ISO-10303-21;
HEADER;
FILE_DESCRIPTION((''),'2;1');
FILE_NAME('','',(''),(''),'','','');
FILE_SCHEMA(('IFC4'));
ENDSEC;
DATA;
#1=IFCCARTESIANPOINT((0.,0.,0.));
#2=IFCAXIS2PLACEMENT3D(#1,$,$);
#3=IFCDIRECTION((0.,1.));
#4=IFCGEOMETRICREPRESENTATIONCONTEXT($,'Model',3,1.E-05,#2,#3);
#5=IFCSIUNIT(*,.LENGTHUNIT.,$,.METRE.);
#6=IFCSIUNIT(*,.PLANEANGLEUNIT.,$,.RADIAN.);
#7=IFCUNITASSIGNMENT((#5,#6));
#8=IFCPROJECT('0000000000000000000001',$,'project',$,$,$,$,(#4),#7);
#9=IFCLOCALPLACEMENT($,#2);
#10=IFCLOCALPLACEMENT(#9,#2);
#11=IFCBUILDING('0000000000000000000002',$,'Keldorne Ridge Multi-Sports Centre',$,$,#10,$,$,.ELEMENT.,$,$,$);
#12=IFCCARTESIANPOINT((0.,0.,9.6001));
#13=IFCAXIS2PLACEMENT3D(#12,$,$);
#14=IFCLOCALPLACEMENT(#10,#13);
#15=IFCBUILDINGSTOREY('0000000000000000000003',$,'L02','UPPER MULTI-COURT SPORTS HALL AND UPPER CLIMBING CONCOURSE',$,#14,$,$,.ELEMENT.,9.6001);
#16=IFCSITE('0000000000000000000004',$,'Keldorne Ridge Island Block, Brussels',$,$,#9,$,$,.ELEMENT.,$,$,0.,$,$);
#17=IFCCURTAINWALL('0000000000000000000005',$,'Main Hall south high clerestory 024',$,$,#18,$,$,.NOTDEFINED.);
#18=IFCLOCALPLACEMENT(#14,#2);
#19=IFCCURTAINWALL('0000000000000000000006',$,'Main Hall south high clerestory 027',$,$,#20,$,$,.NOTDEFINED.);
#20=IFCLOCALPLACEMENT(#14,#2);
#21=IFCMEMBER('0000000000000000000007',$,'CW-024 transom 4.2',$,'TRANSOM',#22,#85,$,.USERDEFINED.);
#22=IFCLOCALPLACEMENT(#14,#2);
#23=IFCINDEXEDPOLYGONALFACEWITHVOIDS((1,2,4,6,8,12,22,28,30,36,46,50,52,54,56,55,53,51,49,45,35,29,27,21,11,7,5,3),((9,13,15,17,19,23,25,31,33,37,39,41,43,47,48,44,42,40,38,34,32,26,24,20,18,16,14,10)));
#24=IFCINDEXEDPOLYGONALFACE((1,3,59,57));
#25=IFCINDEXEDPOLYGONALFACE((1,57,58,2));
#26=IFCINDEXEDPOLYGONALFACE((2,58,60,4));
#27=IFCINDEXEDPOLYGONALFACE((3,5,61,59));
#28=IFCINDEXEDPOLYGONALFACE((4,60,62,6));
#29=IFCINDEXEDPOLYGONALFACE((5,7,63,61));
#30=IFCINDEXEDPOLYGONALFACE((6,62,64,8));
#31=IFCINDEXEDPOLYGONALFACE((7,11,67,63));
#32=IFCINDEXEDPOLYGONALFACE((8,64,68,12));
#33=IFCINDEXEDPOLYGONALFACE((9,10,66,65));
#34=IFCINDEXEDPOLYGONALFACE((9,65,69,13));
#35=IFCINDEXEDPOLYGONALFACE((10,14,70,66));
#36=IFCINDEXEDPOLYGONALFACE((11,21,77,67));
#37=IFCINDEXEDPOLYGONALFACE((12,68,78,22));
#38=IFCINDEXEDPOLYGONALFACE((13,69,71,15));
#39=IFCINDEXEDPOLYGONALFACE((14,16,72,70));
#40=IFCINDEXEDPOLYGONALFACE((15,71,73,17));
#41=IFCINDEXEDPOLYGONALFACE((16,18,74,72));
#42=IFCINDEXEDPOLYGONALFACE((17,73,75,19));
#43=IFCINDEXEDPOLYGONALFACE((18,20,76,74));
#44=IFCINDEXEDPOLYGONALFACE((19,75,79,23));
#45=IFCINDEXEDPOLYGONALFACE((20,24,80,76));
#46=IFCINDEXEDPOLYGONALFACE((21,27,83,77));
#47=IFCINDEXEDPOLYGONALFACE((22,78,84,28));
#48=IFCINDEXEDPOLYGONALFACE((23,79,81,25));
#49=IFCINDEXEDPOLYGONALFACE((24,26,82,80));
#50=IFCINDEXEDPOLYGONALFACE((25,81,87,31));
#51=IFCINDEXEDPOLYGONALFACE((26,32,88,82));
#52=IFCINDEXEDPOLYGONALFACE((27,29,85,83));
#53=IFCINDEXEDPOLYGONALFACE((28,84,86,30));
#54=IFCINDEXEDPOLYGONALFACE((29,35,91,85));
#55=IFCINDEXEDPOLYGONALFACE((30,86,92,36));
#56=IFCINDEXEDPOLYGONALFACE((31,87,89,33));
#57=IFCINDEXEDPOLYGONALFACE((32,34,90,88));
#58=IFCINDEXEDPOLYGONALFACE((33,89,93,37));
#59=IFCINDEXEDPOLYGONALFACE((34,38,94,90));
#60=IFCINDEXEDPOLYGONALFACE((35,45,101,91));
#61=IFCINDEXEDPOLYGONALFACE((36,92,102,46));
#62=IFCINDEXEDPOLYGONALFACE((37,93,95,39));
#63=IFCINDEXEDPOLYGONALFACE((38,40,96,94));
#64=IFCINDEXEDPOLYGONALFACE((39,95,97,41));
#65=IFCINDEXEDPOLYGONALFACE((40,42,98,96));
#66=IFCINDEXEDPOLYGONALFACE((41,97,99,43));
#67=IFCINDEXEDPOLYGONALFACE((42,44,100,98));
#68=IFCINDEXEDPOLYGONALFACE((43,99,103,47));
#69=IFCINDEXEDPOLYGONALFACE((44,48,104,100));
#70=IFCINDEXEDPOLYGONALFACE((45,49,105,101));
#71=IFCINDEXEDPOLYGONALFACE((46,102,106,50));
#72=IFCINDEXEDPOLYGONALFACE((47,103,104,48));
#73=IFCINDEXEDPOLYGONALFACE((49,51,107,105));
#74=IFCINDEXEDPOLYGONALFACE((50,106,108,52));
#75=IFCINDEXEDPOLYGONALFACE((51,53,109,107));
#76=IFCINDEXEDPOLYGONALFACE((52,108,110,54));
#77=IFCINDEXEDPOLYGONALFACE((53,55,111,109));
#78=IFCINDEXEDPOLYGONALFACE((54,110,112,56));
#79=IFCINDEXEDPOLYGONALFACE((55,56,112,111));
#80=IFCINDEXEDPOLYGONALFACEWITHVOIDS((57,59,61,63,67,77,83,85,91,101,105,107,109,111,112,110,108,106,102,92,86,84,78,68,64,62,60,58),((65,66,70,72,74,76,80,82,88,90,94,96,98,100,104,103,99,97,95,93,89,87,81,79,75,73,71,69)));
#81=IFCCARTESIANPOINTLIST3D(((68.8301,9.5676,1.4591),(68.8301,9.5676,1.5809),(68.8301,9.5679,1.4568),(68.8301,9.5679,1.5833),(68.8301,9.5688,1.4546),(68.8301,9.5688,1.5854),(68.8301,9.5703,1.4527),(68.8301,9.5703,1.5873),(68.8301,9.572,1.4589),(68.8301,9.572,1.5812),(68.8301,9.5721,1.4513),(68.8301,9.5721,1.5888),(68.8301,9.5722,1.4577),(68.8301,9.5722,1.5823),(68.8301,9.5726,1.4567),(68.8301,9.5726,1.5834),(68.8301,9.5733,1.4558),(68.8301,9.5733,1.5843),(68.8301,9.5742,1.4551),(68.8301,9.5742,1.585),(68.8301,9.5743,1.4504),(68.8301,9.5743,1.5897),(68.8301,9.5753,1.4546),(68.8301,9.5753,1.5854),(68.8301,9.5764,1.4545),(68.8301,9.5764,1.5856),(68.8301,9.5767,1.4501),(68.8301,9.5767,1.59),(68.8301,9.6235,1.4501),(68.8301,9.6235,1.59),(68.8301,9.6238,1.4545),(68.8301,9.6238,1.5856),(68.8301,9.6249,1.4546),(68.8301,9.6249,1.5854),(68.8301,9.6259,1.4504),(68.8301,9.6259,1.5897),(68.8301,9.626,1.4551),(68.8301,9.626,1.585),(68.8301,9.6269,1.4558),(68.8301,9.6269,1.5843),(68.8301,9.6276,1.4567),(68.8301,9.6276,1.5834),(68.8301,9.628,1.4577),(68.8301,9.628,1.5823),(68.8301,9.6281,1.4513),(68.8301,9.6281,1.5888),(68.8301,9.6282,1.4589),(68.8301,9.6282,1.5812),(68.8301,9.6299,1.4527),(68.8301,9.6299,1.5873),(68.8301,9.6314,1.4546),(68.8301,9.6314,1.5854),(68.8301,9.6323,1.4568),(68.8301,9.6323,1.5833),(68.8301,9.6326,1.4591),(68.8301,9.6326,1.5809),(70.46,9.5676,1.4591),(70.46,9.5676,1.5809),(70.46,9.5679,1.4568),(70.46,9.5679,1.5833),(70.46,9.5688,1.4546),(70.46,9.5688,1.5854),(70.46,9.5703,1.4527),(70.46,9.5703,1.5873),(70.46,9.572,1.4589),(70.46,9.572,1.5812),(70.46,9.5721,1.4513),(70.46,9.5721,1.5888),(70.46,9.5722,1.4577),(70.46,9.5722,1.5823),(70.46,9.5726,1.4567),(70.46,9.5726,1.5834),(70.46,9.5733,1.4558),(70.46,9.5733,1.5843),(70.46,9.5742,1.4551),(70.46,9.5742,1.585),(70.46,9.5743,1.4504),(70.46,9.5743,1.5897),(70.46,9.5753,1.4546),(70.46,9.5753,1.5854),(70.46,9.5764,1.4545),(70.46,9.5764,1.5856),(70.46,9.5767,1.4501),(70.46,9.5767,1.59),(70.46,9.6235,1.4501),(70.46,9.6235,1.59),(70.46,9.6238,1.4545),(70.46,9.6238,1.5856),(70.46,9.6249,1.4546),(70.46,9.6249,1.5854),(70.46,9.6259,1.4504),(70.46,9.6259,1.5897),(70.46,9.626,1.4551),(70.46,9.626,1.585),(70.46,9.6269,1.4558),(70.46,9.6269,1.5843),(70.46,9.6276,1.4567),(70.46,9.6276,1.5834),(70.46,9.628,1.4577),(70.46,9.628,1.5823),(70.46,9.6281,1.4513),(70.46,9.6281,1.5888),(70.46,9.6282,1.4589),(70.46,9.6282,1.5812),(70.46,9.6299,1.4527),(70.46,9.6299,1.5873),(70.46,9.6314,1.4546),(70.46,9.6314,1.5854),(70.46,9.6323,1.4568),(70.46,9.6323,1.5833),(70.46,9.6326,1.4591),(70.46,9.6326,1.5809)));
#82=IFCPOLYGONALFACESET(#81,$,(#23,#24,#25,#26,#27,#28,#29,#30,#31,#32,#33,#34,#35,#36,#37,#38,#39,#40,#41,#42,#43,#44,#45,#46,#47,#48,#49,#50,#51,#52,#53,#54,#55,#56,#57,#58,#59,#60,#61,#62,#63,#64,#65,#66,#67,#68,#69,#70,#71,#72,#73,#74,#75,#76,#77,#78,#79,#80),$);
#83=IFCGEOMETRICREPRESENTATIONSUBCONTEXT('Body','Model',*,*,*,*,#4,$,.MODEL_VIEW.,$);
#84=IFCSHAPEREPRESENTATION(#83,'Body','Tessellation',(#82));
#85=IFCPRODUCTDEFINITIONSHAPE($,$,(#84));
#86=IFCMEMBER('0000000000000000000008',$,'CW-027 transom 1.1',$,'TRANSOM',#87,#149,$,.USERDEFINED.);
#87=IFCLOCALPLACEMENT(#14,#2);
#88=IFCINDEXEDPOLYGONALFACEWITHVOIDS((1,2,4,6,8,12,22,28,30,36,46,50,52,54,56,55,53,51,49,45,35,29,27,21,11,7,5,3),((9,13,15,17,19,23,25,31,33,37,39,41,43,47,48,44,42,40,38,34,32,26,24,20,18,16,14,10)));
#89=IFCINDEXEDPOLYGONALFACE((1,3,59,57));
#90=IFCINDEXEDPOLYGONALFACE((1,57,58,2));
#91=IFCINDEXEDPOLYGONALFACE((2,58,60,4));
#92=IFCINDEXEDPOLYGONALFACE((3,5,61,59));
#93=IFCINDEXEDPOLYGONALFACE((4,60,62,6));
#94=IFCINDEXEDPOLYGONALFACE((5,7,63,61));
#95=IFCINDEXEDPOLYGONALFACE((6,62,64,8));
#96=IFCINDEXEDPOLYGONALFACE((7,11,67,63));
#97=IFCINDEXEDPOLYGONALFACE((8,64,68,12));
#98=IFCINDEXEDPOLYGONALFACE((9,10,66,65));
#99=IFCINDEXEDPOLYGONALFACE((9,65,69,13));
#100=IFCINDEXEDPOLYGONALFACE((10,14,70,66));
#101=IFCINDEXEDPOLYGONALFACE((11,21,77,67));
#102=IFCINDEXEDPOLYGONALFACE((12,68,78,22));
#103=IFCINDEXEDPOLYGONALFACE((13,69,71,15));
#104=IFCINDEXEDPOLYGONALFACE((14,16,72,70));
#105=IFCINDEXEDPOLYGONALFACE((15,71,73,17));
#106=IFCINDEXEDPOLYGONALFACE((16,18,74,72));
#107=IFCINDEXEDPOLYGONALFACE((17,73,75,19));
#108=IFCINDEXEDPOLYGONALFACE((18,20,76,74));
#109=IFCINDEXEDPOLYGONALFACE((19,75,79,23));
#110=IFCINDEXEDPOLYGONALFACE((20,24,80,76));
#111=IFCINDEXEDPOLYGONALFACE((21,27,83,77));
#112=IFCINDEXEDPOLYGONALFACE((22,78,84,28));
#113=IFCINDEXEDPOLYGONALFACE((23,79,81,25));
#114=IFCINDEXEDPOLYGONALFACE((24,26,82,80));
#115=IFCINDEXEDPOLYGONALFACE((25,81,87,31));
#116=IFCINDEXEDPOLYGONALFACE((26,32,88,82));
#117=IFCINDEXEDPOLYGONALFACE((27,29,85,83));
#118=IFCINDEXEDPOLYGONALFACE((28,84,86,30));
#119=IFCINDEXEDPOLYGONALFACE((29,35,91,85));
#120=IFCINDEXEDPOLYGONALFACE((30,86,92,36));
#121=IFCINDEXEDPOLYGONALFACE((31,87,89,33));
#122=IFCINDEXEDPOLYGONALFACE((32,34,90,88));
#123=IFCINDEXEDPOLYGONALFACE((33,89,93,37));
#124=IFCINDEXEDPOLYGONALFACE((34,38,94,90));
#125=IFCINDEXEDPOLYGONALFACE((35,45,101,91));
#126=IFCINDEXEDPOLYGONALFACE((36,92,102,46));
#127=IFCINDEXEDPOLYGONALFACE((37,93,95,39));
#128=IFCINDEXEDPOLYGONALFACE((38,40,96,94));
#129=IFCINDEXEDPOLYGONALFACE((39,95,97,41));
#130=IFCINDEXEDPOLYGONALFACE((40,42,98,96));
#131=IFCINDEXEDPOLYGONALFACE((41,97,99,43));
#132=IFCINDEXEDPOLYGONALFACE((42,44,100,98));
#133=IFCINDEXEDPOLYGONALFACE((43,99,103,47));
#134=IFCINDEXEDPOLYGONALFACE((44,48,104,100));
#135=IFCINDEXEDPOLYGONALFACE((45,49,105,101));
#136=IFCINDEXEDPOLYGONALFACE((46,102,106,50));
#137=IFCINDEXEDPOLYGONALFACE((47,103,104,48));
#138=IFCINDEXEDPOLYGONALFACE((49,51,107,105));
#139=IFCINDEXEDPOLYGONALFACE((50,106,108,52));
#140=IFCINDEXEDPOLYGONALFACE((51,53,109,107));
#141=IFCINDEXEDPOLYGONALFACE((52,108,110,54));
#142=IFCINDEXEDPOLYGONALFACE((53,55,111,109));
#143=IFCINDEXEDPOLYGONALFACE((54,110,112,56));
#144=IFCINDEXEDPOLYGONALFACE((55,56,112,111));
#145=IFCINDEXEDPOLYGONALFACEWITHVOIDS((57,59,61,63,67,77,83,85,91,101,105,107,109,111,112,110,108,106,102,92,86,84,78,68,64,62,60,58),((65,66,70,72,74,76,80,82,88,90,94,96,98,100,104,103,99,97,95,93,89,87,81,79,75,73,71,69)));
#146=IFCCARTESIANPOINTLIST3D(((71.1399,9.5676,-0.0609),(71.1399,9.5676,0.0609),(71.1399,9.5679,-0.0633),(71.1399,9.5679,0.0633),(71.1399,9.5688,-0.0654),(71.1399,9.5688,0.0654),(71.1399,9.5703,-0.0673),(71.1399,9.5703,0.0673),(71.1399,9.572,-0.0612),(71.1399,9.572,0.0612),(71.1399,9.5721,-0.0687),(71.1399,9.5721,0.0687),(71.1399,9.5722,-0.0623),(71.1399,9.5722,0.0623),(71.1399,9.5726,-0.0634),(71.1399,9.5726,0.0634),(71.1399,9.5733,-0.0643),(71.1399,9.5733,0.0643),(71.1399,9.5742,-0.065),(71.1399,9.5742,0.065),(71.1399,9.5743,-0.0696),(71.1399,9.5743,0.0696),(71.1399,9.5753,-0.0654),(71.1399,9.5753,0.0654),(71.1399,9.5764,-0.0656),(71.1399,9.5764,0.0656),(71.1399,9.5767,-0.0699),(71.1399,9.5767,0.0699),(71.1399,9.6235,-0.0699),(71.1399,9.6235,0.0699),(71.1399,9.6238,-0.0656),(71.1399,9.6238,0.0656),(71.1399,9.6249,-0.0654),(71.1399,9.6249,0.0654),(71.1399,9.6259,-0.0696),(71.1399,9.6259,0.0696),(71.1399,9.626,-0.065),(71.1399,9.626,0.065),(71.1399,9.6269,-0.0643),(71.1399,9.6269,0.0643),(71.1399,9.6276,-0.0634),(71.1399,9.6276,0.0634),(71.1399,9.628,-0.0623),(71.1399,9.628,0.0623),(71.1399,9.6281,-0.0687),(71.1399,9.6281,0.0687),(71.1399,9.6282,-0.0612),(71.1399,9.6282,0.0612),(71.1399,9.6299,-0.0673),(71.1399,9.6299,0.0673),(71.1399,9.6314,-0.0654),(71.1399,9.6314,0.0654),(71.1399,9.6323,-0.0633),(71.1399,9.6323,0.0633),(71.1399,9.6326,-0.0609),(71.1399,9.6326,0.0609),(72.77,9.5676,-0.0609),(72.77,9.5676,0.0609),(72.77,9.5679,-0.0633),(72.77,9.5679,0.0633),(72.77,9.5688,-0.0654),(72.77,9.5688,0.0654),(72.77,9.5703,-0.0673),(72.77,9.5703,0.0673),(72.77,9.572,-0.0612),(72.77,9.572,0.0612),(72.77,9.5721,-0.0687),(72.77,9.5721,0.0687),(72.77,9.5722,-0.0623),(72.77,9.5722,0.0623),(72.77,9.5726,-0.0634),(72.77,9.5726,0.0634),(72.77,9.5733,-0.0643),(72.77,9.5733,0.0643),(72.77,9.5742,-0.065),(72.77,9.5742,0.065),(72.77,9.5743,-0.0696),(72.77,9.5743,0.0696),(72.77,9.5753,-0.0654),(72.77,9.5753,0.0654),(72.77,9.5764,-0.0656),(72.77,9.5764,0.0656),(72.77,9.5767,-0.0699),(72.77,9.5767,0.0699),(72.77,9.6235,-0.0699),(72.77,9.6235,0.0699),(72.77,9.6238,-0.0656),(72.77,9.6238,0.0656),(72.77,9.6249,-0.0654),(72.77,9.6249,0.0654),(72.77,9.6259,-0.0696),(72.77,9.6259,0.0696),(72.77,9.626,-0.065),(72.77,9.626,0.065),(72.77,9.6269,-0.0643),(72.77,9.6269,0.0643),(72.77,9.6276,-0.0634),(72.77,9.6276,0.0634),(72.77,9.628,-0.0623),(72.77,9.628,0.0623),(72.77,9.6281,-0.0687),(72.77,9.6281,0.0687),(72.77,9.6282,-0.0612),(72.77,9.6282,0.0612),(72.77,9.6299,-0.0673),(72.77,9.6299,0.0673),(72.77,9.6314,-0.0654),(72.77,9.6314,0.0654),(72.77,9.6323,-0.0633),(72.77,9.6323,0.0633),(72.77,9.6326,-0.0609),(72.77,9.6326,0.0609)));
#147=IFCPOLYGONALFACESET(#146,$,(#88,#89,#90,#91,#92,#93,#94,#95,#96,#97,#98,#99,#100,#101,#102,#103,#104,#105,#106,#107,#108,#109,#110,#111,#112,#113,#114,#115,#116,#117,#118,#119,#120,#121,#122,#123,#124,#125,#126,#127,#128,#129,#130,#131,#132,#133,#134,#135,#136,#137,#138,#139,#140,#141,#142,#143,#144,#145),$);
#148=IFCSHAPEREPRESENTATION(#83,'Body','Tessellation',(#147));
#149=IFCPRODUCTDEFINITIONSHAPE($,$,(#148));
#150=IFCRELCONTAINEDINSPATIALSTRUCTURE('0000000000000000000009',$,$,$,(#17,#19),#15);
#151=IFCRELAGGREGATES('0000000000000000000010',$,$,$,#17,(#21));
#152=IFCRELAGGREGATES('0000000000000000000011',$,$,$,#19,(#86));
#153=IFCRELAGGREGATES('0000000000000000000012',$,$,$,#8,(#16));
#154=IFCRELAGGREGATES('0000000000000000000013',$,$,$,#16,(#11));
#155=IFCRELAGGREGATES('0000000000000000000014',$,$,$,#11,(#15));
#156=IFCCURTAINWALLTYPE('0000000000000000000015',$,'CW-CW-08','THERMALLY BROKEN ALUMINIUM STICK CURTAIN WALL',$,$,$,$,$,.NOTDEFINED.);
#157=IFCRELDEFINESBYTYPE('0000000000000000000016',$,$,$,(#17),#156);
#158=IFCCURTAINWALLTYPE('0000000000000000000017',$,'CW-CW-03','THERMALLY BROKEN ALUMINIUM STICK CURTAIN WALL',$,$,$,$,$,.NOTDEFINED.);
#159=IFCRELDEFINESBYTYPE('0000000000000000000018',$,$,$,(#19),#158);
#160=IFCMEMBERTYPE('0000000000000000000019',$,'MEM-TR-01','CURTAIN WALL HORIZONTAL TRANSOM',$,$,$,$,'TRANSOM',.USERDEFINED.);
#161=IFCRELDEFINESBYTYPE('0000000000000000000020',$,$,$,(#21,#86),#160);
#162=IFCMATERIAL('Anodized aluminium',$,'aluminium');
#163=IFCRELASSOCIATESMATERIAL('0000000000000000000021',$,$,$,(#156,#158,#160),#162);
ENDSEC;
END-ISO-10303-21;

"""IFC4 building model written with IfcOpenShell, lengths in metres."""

from ifc_helpers import new_model, si_unit, direction, frame, origin, origin_2d, place, context, subcontext, project, spatial, hollow_rectangle, extrude, material, material_profile, profile_set, type_object, element, aggregate, save


model = new_model("IFC4")

# Units and contexts
model_context = context("Model", 3, precision=1e-05, world=origin(), true_north=direction((0.0, 1.0)))
body_context = subcontext(model_context, "Body", "Model", "MODEL_VIEW")
ifc_project = project(units=[si_unit("LENGTHUNIT", "METRE"), si_unit("PLANEANGLEUNIT", "RADIAN")], contexts=[model_context])

# Site, building, storey
site_placement = place(None, origin())
site = spatial("IfcSite", under=ifc_project, at=site_placement, Name="Keldorne Ridge Island Block, Brussels", CompositionType="ELEMENT", RefElevation=0.0)
building_placement = place(site_placement, origin())
building = spatial("IfcBuilding", under=site, at=building_placement, Name="Keldorne Ridge Multi-Sports Centre", CompositionType="ELEMENT")
storey_placement = place(building_placement, frame((0.0, 0.0, 9.6001)))
storey = spatial("IfcBuildingStorey", under=building, at=storey_placement, Name="L02", Description="UPPER MULTI-COURT SPORTS HALL AND UPPER CLIMBING CONCOURSE", CompositionType="ELEMENT", Elevation=9.6001)

# Curtain walls
ifc_material_1 = material(Name="Anodized aluminium", Category="aluminium")
curtain_wall_type_1 = type_object("IfcCurtainWallType", Name="CW-CW-08", Description="THERMALLY BROKEN ALUMINIUM STICK CURTAIN WALL", PredefinedType="NOTDEFINED", material=ifc_material_1)
curtain_wall_1_placement = place(storey_placement, origin())
curtain_wall_1 = element("IfcCurtainWall", 1, at=curtain_wall_1_placement, inside=storey, type_object=curtain_wall_type_1, Name="Main Hall south high clerestory 024", PredefinedType="NOTDEFINED")
curtain_wall_type_2 = type_object("IfcCurtainWallType", Name="CW-CW-03", Description="THERMALLY BROKEN ALUMINIUM STICK CURTAIN WALL", PredefinedType="NOTDEFINED", material=ifc_material_1)
curtain_wall_2_placement = place(storey_placement, origin())
curtain_wall_2 = element("IfcCurtainWall", 2, at=curtain_wall_2_placement, inside=storey, type_object=curtain_wall_type_2, Name="Main Hall south high clerestory 027", PredefinedType="NOTDEFINED")

# Members
ifc_material_profile_1 = material_profile(ifc_material_1, hollow_rectangle(XDim=0.0649, YDim=0.1399, WallThickness=0.0044, InnerFilletRadius=0.0044, OuterFilletRadius=0.009, at=origin_2d()), Name="ALU TRANSOM 140x65x4.5")
ifc_profile_set_1 = profile_set([ifc_material_profile_1], Name="Anodized aluminium")
member_type_1 = type_object("IfcMemberType", Name="MEM-TR-01", Description="CURTAIN WALL HORIZONTAL TRANSOM", ElementType="TRANSOM", PredefinedType="USERDEFINED", material=ifc_profile_set_1)
member_1_placement = place(storey_placement, frame((68.8301, 9.6001, 1.52), z_axis=(1.0, 0.0, 0.0), x_axis=(0.0, 1.0, 0.0)))
member_1 = element("IfcMember", 3, at=member_1_placement, type_object=member_type_1, Name="CW-024 transom 4.2", ObjectType="TRANSOM", PredefinedType="USERDEFINED", context=body_context, shape_type="SweptSolid", body=[
    extrude(hollow_rectangle(XDim=0.0649, YDim=0.1399, WallThickness=0.0044, InnerFilletRadius=0.0044, OuterFilletRadius=0.009, at=origin_2d()), origin(), (0.0, 0.0, 1.0), 1.6299),
])
member_2_placement = place(storey_placement, frame((71.1399, 9.6001, 0.0), z_axis=(1.0, 0.0, 0.0), x_axis=(0.0, 1.0, 0.0)))
member_2 = element("IfcMember", 4, at=member_2_placement, type_object=member_type_1, Name="CW-027 transom 1.1", ObjectType="TRANSOM", PredefinedType="USERDEFINED", context=body_context, shape_type="SweptSolid", body=[
    extrude(hollow_rectangle(XDim=0.0649, YDim=0.1399, WallThickness=0.0044, InnerFilletRadius=0.0044, OuterFilletRadius=0.009, at=origin_2d()), origin(), (0.0, 0.0, 1.0), 1.6301),
])

aggregate(curtain_wall_1, [member_1])
aggregate(curtain_wall_2, [member_2])

save(model, "model.ifc")
